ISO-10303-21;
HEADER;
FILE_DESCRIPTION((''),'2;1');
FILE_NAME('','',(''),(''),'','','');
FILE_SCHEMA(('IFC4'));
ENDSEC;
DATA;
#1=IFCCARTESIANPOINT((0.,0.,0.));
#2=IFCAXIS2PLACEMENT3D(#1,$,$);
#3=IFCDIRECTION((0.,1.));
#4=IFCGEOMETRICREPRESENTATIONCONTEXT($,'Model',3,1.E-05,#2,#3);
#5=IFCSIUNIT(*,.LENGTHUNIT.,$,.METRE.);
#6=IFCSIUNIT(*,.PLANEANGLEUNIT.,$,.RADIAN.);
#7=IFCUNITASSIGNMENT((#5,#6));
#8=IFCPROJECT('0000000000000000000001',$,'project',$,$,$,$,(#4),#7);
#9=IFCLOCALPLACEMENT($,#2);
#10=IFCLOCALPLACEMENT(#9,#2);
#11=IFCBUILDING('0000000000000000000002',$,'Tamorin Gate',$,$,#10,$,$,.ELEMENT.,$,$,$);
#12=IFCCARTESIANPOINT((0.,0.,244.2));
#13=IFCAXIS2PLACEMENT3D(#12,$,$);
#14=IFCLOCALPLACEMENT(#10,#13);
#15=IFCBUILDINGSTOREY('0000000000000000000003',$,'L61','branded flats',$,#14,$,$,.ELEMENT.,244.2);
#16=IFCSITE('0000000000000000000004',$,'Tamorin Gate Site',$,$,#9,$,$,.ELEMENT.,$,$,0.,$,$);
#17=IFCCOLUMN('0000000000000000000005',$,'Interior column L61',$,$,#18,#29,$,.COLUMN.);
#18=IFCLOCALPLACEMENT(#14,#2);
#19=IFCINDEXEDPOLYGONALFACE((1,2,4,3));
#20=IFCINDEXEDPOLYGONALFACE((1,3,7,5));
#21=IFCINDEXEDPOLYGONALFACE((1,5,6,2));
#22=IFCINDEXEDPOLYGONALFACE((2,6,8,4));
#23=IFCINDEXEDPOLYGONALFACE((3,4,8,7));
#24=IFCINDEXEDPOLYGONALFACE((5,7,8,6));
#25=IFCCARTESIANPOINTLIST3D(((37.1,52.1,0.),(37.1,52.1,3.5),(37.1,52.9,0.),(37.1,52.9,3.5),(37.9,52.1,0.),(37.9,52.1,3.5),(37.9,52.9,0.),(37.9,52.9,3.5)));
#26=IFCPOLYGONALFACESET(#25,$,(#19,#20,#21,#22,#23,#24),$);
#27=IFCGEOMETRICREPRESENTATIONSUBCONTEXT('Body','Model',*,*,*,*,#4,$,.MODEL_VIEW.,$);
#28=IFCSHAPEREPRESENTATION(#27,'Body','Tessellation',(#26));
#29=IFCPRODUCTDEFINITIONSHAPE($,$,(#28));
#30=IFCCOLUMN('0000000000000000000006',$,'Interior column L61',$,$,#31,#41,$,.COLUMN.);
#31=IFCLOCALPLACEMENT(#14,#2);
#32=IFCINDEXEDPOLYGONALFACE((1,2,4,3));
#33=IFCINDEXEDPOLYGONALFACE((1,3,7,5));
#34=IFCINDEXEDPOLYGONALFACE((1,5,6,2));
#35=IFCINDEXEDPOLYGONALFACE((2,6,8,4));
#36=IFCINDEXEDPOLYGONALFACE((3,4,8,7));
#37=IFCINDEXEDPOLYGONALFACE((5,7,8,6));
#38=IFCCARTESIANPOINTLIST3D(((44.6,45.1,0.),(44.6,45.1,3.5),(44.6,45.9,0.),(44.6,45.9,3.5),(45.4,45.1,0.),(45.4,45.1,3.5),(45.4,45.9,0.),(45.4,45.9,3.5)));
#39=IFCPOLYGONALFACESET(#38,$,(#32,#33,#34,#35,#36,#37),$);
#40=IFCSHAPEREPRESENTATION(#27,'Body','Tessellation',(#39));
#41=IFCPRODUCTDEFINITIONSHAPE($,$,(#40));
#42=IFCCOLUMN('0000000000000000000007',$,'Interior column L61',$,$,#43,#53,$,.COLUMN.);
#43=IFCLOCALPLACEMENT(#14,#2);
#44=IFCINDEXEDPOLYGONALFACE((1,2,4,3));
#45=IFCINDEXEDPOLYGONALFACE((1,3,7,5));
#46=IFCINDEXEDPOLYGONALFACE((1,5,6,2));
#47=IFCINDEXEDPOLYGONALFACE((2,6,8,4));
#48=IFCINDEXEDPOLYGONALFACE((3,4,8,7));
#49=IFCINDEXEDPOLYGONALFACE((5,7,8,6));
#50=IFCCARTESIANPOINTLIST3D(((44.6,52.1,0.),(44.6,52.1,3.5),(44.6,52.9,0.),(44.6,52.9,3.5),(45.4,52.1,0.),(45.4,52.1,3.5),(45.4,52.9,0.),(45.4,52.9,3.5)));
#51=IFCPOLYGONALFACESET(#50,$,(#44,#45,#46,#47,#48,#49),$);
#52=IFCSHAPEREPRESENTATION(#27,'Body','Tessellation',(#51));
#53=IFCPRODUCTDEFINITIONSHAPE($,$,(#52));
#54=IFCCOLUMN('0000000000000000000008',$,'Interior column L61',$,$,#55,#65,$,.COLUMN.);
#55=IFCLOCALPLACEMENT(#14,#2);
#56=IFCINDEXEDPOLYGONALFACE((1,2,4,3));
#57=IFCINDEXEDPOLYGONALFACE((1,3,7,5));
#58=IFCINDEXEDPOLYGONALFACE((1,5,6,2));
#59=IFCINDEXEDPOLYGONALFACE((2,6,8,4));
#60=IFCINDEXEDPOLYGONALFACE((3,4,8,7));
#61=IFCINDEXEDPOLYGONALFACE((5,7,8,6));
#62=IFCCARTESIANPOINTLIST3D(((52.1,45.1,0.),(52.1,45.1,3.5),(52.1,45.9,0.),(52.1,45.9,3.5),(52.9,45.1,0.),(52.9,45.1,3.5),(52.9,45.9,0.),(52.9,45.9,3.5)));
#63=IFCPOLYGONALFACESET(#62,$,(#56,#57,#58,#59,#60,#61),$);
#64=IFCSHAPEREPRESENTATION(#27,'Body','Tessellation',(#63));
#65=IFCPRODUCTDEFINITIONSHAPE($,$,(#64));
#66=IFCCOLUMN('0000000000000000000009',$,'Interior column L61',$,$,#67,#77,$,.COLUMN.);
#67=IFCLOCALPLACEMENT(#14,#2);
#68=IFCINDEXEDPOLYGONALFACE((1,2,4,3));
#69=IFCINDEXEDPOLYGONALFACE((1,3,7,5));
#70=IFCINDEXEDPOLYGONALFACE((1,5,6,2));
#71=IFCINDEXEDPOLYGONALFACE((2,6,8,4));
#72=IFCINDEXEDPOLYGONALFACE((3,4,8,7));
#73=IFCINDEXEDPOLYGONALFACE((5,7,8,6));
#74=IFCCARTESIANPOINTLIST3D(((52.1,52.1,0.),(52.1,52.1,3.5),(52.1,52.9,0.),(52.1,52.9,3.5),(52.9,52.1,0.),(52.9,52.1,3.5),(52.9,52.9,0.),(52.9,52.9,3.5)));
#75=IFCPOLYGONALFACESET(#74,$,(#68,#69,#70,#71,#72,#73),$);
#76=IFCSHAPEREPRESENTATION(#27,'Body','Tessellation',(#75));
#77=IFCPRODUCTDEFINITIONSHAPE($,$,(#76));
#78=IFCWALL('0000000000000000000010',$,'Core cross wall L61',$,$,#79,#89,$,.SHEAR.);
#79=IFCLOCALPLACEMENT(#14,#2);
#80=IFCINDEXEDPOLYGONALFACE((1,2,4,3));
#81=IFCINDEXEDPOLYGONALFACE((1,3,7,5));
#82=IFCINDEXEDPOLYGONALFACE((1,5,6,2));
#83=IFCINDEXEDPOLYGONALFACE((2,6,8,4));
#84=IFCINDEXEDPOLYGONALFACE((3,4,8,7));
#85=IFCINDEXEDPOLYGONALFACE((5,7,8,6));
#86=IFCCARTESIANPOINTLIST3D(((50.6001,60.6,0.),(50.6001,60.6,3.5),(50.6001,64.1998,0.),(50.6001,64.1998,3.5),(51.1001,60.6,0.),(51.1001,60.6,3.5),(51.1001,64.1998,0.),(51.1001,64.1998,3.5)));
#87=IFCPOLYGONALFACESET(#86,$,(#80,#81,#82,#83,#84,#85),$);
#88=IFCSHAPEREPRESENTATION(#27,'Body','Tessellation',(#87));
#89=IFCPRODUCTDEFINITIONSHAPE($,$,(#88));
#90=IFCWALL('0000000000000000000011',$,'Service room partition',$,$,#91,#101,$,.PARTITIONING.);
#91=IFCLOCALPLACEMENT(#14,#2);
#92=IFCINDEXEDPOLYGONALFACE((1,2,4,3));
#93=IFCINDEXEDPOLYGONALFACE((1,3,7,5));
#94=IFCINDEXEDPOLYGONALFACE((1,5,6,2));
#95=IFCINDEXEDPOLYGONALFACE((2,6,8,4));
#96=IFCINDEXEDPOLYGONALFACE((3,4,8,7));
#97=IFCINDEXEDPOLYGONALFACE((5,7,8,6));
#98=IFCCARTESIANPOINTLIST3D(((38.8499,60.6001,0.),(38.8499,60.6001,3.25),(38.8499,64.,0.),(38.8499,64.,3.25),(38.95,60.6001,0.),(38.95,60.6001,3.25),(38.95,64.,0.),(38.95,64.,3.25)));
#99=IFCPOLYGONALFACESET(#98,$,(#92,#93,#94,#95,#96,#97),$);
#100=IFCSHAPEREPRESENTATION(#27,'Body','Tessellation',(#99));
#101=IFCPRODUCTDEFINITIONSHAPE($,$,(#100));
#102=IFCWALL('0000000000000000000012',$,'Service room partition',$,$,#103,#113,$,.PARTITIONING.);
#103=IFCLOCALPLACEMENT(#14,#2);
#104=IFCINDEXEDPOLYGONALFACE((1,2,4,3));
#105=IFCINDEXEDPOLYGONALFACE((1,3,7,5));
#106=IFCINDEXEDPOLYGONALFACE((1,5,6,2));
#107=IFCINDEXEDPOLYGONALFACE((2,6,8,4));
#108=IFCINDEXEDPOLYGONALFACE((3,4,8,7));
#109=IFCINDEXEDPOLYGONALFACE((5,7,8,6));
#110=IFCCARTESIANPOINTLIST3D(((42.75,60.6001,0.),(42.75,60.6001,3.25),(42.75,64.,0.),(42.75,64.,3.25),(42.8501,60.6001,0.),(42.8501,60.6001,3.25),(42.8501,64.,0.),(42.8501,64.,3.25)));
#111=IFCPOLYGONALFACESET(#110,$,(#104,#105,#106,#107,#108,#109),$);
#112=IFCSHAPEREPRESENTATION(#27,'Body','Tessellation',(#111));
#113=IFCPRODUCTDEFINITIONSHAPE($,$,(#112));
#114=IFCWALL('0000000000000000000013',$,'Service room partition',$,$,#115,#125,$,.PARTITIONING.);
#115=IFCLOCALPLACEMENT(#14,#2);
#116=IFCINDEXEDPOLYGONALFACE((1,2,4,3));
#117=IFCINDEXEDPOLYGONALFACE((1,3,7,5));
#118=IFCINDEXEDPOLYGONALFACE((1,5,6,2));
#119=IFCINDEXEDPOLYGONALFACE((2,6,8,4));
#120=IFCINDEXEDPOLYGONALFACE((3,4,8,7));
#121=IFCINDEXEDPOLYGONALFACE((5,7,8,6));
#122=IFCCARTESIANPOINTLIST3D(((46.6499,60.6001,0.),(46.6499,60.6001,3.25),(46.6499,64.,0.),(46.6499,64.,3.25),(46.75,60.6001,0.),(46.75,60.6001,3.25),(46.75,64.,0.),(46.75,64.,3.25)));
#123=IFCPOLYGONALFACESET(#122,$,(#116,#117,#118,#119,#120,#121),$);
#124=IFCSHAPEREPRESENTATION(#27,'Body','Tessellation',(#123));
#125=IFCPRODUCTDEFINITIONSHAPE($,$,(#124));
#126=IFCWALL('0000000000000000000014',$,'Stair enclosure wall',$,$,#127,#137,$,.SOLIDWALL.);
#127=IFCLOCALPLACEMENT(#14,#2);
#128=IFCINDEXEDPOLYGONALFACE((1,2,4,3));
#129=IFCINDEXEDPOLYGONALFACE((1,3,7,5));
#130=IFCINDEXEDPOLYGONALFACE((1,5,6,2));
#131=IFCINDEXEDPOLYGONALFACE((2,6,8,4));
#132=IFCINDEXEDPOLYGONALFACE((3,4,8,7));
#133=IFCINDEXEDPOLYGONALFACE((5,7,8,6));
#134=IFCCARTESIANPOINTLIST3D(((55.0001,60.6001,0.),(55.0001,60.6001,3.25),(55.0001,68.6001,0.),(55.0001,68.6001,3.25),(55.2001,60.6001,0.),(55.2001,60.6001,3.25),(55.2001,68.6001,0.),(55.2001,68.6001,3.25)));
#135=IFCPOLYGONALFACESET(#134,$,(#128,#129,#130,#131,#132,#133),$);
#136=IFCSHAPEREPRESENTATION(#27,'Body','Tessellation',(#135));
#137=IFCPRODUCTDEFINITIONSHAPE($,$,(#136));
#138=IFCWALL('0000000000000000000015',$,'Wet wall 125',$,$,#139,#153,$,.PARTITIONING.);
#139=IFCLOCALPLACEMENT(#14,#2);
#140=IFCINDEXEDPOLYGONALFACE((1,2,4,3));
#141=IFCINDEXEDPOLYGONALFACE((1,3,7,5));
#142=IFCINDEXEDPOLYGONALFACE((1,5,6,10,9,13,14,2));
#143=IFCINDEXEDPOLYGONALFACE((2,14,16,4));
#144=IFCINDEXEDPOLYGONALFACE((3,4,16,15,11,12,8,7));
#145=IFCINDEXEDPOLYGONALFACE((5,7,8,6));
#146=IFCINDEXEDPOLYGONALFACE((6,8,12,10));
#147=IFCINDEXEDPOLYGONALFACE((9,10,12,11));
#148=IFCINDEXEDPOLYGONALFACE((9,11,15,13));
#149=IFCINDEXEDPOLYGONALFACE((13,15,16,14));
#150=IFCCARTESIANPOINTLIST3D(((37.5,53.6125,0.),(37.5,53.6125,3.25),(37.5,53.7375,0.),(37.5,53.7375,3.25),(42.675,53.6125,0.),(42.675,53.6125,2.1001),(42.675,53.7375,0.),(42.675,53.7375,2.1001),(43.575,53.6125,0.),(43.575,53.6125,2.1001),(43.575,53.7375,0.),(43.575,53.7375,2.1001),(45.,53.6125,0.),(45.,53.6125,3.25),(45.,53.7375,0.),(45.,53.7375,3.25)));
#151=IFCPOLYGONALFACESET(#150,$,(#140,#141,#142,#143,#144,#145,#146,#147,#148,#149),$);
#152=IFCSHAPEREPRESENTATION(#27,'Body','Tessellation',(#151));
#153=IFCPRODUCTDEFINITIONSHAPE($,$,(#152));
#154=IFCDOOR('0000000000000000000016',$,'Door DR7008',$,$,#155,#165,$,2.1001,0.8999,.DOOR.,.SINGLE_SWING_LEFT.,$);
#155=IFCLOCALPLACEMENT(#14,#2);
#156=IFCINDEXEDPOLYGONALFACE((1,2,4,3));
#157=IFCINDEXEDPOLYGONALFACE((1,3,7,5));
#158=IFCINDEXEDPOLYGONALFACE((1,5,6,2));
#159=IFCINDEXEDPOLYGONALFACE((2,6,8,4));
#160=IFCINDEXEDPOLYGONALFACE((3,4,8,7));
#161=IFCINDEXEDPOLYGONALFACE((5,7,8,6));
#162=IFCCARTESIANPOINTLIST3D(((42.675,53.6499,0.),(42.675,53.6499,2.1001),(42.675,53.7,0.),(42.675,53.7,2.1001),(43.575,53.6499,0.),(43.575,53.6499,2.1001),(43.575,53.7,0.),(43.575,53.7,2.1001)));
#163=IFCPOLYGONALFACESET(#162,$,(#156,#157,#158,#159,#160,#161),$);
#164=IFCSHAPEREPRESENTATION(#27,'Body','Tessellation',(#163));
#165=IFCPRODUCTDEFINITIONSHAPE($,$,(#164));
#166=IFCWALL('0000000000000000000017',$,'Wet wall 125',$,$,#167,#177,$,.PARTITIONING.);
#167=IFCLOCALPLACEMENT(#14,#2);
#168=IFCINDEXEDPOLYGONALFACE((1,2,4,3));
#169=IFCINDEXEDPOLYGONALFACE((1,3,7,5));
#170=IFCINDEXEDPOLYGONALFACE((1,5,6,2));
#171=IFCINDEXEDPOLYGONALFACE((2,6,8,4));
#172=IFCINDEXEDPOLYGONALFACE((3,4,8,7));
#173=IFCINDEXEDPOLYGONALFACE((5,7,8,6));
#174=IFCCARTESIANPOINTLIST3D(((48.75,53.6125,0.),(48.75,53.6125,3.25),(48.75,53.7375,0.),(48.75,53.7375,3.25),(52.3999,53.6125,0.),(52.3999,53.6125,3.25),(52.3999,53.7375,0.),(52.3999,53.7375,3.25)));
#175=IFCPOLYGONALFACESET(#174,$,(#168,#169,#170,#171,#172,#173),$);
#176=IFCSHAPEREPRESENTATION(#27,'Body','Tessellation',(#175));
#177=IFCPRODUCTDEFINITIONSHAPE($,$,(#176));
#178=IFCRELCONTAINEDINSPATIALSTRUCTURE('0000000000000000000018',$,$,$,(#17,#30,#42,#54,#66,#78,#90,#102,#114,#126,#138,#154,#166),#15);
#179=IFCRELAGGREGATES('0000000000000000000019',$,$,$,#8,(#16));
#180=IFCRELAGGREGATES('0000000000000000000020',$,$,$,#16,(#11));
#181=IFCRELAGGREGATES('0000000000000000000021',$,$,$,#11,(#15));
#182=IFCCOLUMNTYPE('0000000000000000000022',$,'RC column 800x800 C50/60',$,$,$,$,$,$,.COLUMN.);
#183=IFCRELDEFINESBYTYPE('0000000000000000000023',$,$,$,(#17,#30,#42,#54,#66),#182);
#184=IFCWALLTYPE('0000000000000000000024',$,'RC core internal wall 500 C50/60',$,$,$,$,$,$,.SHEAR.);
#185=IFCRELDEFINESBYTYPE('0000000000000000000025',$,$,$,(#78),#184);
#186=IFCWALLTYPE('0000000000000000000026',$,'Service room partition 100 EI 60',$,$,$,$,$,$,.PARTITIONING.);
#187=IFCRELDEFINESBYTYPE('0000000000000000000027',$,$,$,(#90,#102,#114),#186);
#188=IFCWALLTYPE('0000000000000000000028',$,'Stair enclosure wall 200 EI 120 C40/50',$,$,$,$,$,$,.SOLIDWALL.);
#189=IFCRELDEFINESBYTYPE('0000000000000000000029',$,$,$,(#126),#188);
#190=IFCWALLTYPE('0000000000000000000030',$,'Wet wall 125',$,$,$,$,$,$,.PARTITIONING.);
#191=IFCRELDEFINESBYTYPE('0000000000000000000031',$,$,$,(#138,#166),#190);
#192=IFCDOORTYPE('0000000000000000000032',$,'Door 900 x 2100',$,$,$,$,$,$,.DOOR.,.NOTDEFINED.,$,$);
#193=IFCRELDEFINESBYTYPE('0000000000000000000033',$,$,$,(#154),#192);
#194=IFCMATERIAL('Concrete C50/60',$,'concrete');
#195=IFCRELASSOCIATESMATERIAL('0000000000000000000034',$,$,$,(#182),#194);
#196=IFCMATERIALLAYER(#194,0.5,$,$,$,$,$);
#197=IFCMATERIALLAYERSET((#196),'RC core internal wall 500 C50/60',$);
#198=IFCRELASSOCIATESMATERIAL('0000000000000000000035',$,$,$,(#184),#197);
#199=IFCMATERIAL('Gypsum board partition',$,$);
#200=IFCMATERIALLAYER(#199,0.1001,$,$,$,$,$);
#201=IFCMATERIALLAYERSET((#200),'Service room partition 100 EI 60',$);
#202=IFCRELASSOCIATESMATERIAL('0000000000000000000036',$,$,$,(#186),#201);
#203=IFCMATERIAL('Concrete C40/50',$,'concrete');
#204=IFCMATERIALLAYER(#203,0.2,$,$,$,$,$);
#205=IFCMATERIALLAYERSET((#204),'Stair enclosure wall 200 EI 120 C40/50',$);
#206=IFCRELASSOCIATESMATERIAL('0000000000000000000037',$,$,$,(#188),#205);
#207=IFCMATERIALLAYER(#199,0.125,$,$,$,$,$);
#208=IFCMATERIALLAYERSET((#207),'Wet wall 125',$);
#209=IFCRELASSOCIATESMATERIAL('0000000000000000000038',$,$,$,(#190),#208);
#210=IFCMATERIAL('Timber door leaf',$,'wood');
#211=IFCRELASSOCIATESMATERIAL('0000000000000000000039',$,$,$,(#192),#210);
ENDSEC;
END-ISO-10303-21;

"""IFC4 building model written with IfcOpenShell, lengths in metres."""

from ifc_helpers import new_model, si_unit, direction, frame, frame_2d, origin, origin_2d, place, context, subcontext, project, spatial, rectangle, extrude, material, layer, layer_set, material_profile, profile_set, type_object, element, fill, save


model = new_model("IFC4")

# Units and contexts
model_context = context("Model", 3, precision=1e-05, world=origin(), true_north=direction((0.0, 1.0)))
body_context = subcontext(model_context, "Body", "Model", "MODEL_VIEW")
ifc_project = project(units=[si_unit("LENGTHUNIT", "METRE"), si_unit("PLANEANGLEUNIT", "RADIAN")], contexts=[model_context])

# Site, building, storey
site_placement = place(None, origin())
site = spatial("IfcSite", under=ifc_project, at=site_placement, Name="Tamorin Gate Site", CompositionType="ELEMENT", RefElevation=0.0)
building_placement = place(site_placement, origin())
building = spatial("IfcBuilding", under=site, at=building_placement, Name="Tamorin Gate", CompositionType="ELEMENT")
storey_placement = place(building_placement, frame((0.0, 0.0, 244.2)))
storey = spatial("IfcBuildingStorey", under=building, at=storey_placement, Name="L61", Description="branded flats", CompositionType="ELEMENT", Elevation=244.2)

# Columns
ifc_material_1 = material(Name="Concrete C50/60", Category="concrete")
ifc_material_profile = material_profile(ifc_material_1, rectangle(XDim=0.8, YDim=0.8, at=origin_2d()), Name="RC 800x800")
ifc_profile_set = profile_set([ifc_material_profile], Name="Concrete C50/60")
column_type = type_object("IfcColumnType", Name="RC column 800x800 C50/60", PredefinedType="COLUMN", material=ifc_profile_set)
for number, where, z_axis, x_axis, name in (
    (1, (37.5, 52.5, 0.0), (0.0, 0.0, 1.0), (1.0, 0.0, 0.0), "Interior column L61"),
    (2, (45.0, 45.5, 0.0), (0.0, 0.0, 1.0), (1.0, 0.0, 0.0), "Interior column L61"),
    (3, (45.0, 52.5, 0.0), (0.0, 0.0, 1.0), (1.0, 0.0, 0.0), "Interior column L61"),
    (4, (52.5, 45.5, 0.0), (0.0, 0.0, 1.0), (1.0, 0.0, 0.0), "Interior column L61"),
    (5, (52.5, 52.5, 0.0), (0.0, 0.0, 1.0), (1.0, 0.0, 0.0), "Interior column L61"),
):
    element("IfcColumn", number, at=place(storey_placement, frame(where, z_axis=z_axis, x_axis=x_axis)), inside=storey, type_object=column_type, Name=name, PredefinedType="COLUMN", context=body_context, shape_type="SweptSolid", body=[
        extrude(rectangle(XDim=0.8, YDim=0.8, at=origin_2d()), origin(), (0.0, 0.0, 1.0), 3.5),
    ])

# Walls
ifc_layer_1 = layer(ifc_material_1, 0.5)
ifc_layer_set_1 = layer_set([ifc_layer_1], Name="RC core internal wall 500 C50/60")
wall_type_1 = type_object("IfcWallType", Name="RC core internal wall 500 C50/60", PredefinedType="SHEAR", material=ifc_layer_set_1)
wall_1_placement = place(storey_placement, frame((50.8501, 60.6001, 0.0), z_axis=(0.0, 0.0, 1.0), x_axis=(0.0, 1.0, 0.0)))
element("IfcWall", 6, at=wall_1_placement, inside=storey, type_object=wall_type_1, Name="Core cross wall L61", PredefinedType="SHEAR", context=body_context, shape_type="SweptSolid", body=[
    extrude(rectangle(XDim=3.5999, YDim=0.5, at=frame_2d((1.7998, 0.0))), origin(), (0.0, 0.0, 1.0), 3.5),
])
ifc_material_2 = material(Name="Gypsum board partition")
ifc_layer_2 = layer(ifc_material_2, 0.1001)
ifc_layer_set_2 = layer_set([ifc_layer_2], Name="Service room partition 100 EI 60")
wall_type_2 = type_object("IfcWallType", Name="Service room partition 100 EI 60", PredefinedType="PARTITIONING", material=ifc_layer_set_2)
for number, where, z_axis, x_axis, name in (
    (7, (38.8999, 60.6001, 0.0), (0.0, 0.0, 1.0), (0.0, 1.0, 0.0), "Service room partition"),
    (8, (42.8, 60.6001, 0.0), (0.0, 0.0, 1.0), (0.0, 1.0, 0.0), "Service room partition"),
    (9, (46.7, 60.6001, 0.0), (0.0, 0.0, 1.0), (0.0, 1.0, 0.0), "Service room partition"),
):
    element("IfcWall", number, at=place(storey_placement, frame(where, z_axis=z_axis, x_axis=x_axis)), inside=storey, type_object=wall_type_2, Name=name, PredefinedType="PARTITIONING", context=body_context, shape_type="SweptSolid", body=[
        extrude(rectangle(XDim=3.3999, YDim=0.1001, at=frame_2d((1.7, 0.0))), origin(), (0.0, 0.0, 1.0), 3.25),
    ])
ifc_material_3 = material(Name="Concrete C40/50", Category="concrete")
ifc_layer_3 = layer(ifc_material_3, 0.2)
ifc_layer_set_3 = layer_set([ifc_layer_3], Name="Stair enclosure wall 200 EI 120 C40/50")
wall_type_3 = type_object("IfcWallType", Name="Stair enclosure wall 200 EI 120 C40/50", PredefinedType="SOLIDWALL", material=ifc_layer_set_3)
wall_2_placement = place(storey_placement, frame((55.1001, 60.6001, 0.0), z_axis=(0.0, 0.0, 1.0), x_axis=(0.0, 1.0, 0.0)))
element("IfcWall", 10, at=wall_2_placement, inside=storey, type_object=wall_type_3, Name="Stair enclosure wall", PredefinedType="SOLIDWALL", context=body_context, shape_type="SweptSolid", body=[
    extrude(rectangle(XDim=8.0, YDim=0.2, at=frame_2d((4.0, 0.0))), origin(), (0.0, 0.0, 1.0), 3.25),
])

# Wall, opening, door
ifc_layer_4 = layer(ifc_material_2, 0.125)
ifc_layer_set_4 = layer_set([ifc_layer_4], Name="Wet wall 125")
wall_type_4 = type_object("IfcWallType", Name="Wet wall 125", PredefinedType="PARTITIONING", material=ifc_layer_set_4)
wall_3_placement = place(storey_placement, frame((37.5, 53.675, 0.0), z_axis=(0.0, 0.0, 1.0), x_axis=(1.0, 0.0, 0.0)))
wall_3 = element("IfcWall", 11, at=wall_3_placement, inside=storey, type_object=wall_type_4, Name="Wet wall 125", PredefinedType="PARTITIONING", context=body_context, shape_type="SweptSolid", body=[
    extrude(rectangle(XDim=7.5, YDim=0.125, at=frame_2d((3.75, 0.0))), origin(), (0.0, 0.0, 1.0), 3.25),
])
opening_1_placement = place(wall_3_placement, frame((5.175, 0.0, 0.0)))
opening_1 = element("IfcOpeningElement", 12, at=opening_1_placement, cuts=wall_3, PredefinedType="OPENING", context=body_context, shape_type="SweptSolid", body=[
    extrude(rectangle(XDim=0.8999, YDim=2.1001, at=frame_2d((0.45, 1.05))), frame((0.0, 0.0725, 0.0), z_axis=(0.0, -1.0, 0.0), x_axis=(1.0, 0.0, 0.0)), (0.0, 0.0, 1.0), 0.145),
])
ifc_material_4 = material(Name="Timber door leaf", Category="wood")
door_type = type_object("IfcDoorType", Name="Door 900 x 2100", OperationType="NOTDEFINED", PredefinedType="DOOR", material=ifc_material_4)
door_1_placement = place(opening_1_placement, origin())
door_1 = element("IfcDoor", 13, at=door_1_placement, inside=storey, type_object=door_type, Name="Door DR7008", OperationType="SINGLE_SWING_LEFT", OverallHeight=2.1001, OverallWidth=0.8999, PredefinedType="DOOR", context=body_context, shape_type="SweptSolid", body=[
    extrude(rectangle(XDim=0.8999, YDim=2.1001, at=frame_2d((0.45, 1.05))), frame((0.0, 0.0249, 0.0), z_axis=(0.0, -1.0, 0.0), x_axis=(1.0, 0.0, 0.0)), (0.0, 0.0, 1.0), 0.05),
])
fill(opening_1, door_1)

# Wall
wall_4_placement = place(storey_placement, frame((48.75, 53.675, 0.0), z_axis=(0.0, 0.0, 1.0), x_axis=(1.0, 0.0, 0.0)))
element("IfcWall", 14, at=wall_4_placement, inside=storey, type_object=wall_type_4, Name="Wet wall 125", PredefinedType="PARTITIONING", context=body_context, shape_type="SweptSolid", body=[
    extrude(rectangle(XDim=3.6499, YDim=0.125, at=frame_2d((1.825, 0.0))), origin(), (0.0, 0.0, 1.0), 3.25),
])

save(model, "model.ifc")
